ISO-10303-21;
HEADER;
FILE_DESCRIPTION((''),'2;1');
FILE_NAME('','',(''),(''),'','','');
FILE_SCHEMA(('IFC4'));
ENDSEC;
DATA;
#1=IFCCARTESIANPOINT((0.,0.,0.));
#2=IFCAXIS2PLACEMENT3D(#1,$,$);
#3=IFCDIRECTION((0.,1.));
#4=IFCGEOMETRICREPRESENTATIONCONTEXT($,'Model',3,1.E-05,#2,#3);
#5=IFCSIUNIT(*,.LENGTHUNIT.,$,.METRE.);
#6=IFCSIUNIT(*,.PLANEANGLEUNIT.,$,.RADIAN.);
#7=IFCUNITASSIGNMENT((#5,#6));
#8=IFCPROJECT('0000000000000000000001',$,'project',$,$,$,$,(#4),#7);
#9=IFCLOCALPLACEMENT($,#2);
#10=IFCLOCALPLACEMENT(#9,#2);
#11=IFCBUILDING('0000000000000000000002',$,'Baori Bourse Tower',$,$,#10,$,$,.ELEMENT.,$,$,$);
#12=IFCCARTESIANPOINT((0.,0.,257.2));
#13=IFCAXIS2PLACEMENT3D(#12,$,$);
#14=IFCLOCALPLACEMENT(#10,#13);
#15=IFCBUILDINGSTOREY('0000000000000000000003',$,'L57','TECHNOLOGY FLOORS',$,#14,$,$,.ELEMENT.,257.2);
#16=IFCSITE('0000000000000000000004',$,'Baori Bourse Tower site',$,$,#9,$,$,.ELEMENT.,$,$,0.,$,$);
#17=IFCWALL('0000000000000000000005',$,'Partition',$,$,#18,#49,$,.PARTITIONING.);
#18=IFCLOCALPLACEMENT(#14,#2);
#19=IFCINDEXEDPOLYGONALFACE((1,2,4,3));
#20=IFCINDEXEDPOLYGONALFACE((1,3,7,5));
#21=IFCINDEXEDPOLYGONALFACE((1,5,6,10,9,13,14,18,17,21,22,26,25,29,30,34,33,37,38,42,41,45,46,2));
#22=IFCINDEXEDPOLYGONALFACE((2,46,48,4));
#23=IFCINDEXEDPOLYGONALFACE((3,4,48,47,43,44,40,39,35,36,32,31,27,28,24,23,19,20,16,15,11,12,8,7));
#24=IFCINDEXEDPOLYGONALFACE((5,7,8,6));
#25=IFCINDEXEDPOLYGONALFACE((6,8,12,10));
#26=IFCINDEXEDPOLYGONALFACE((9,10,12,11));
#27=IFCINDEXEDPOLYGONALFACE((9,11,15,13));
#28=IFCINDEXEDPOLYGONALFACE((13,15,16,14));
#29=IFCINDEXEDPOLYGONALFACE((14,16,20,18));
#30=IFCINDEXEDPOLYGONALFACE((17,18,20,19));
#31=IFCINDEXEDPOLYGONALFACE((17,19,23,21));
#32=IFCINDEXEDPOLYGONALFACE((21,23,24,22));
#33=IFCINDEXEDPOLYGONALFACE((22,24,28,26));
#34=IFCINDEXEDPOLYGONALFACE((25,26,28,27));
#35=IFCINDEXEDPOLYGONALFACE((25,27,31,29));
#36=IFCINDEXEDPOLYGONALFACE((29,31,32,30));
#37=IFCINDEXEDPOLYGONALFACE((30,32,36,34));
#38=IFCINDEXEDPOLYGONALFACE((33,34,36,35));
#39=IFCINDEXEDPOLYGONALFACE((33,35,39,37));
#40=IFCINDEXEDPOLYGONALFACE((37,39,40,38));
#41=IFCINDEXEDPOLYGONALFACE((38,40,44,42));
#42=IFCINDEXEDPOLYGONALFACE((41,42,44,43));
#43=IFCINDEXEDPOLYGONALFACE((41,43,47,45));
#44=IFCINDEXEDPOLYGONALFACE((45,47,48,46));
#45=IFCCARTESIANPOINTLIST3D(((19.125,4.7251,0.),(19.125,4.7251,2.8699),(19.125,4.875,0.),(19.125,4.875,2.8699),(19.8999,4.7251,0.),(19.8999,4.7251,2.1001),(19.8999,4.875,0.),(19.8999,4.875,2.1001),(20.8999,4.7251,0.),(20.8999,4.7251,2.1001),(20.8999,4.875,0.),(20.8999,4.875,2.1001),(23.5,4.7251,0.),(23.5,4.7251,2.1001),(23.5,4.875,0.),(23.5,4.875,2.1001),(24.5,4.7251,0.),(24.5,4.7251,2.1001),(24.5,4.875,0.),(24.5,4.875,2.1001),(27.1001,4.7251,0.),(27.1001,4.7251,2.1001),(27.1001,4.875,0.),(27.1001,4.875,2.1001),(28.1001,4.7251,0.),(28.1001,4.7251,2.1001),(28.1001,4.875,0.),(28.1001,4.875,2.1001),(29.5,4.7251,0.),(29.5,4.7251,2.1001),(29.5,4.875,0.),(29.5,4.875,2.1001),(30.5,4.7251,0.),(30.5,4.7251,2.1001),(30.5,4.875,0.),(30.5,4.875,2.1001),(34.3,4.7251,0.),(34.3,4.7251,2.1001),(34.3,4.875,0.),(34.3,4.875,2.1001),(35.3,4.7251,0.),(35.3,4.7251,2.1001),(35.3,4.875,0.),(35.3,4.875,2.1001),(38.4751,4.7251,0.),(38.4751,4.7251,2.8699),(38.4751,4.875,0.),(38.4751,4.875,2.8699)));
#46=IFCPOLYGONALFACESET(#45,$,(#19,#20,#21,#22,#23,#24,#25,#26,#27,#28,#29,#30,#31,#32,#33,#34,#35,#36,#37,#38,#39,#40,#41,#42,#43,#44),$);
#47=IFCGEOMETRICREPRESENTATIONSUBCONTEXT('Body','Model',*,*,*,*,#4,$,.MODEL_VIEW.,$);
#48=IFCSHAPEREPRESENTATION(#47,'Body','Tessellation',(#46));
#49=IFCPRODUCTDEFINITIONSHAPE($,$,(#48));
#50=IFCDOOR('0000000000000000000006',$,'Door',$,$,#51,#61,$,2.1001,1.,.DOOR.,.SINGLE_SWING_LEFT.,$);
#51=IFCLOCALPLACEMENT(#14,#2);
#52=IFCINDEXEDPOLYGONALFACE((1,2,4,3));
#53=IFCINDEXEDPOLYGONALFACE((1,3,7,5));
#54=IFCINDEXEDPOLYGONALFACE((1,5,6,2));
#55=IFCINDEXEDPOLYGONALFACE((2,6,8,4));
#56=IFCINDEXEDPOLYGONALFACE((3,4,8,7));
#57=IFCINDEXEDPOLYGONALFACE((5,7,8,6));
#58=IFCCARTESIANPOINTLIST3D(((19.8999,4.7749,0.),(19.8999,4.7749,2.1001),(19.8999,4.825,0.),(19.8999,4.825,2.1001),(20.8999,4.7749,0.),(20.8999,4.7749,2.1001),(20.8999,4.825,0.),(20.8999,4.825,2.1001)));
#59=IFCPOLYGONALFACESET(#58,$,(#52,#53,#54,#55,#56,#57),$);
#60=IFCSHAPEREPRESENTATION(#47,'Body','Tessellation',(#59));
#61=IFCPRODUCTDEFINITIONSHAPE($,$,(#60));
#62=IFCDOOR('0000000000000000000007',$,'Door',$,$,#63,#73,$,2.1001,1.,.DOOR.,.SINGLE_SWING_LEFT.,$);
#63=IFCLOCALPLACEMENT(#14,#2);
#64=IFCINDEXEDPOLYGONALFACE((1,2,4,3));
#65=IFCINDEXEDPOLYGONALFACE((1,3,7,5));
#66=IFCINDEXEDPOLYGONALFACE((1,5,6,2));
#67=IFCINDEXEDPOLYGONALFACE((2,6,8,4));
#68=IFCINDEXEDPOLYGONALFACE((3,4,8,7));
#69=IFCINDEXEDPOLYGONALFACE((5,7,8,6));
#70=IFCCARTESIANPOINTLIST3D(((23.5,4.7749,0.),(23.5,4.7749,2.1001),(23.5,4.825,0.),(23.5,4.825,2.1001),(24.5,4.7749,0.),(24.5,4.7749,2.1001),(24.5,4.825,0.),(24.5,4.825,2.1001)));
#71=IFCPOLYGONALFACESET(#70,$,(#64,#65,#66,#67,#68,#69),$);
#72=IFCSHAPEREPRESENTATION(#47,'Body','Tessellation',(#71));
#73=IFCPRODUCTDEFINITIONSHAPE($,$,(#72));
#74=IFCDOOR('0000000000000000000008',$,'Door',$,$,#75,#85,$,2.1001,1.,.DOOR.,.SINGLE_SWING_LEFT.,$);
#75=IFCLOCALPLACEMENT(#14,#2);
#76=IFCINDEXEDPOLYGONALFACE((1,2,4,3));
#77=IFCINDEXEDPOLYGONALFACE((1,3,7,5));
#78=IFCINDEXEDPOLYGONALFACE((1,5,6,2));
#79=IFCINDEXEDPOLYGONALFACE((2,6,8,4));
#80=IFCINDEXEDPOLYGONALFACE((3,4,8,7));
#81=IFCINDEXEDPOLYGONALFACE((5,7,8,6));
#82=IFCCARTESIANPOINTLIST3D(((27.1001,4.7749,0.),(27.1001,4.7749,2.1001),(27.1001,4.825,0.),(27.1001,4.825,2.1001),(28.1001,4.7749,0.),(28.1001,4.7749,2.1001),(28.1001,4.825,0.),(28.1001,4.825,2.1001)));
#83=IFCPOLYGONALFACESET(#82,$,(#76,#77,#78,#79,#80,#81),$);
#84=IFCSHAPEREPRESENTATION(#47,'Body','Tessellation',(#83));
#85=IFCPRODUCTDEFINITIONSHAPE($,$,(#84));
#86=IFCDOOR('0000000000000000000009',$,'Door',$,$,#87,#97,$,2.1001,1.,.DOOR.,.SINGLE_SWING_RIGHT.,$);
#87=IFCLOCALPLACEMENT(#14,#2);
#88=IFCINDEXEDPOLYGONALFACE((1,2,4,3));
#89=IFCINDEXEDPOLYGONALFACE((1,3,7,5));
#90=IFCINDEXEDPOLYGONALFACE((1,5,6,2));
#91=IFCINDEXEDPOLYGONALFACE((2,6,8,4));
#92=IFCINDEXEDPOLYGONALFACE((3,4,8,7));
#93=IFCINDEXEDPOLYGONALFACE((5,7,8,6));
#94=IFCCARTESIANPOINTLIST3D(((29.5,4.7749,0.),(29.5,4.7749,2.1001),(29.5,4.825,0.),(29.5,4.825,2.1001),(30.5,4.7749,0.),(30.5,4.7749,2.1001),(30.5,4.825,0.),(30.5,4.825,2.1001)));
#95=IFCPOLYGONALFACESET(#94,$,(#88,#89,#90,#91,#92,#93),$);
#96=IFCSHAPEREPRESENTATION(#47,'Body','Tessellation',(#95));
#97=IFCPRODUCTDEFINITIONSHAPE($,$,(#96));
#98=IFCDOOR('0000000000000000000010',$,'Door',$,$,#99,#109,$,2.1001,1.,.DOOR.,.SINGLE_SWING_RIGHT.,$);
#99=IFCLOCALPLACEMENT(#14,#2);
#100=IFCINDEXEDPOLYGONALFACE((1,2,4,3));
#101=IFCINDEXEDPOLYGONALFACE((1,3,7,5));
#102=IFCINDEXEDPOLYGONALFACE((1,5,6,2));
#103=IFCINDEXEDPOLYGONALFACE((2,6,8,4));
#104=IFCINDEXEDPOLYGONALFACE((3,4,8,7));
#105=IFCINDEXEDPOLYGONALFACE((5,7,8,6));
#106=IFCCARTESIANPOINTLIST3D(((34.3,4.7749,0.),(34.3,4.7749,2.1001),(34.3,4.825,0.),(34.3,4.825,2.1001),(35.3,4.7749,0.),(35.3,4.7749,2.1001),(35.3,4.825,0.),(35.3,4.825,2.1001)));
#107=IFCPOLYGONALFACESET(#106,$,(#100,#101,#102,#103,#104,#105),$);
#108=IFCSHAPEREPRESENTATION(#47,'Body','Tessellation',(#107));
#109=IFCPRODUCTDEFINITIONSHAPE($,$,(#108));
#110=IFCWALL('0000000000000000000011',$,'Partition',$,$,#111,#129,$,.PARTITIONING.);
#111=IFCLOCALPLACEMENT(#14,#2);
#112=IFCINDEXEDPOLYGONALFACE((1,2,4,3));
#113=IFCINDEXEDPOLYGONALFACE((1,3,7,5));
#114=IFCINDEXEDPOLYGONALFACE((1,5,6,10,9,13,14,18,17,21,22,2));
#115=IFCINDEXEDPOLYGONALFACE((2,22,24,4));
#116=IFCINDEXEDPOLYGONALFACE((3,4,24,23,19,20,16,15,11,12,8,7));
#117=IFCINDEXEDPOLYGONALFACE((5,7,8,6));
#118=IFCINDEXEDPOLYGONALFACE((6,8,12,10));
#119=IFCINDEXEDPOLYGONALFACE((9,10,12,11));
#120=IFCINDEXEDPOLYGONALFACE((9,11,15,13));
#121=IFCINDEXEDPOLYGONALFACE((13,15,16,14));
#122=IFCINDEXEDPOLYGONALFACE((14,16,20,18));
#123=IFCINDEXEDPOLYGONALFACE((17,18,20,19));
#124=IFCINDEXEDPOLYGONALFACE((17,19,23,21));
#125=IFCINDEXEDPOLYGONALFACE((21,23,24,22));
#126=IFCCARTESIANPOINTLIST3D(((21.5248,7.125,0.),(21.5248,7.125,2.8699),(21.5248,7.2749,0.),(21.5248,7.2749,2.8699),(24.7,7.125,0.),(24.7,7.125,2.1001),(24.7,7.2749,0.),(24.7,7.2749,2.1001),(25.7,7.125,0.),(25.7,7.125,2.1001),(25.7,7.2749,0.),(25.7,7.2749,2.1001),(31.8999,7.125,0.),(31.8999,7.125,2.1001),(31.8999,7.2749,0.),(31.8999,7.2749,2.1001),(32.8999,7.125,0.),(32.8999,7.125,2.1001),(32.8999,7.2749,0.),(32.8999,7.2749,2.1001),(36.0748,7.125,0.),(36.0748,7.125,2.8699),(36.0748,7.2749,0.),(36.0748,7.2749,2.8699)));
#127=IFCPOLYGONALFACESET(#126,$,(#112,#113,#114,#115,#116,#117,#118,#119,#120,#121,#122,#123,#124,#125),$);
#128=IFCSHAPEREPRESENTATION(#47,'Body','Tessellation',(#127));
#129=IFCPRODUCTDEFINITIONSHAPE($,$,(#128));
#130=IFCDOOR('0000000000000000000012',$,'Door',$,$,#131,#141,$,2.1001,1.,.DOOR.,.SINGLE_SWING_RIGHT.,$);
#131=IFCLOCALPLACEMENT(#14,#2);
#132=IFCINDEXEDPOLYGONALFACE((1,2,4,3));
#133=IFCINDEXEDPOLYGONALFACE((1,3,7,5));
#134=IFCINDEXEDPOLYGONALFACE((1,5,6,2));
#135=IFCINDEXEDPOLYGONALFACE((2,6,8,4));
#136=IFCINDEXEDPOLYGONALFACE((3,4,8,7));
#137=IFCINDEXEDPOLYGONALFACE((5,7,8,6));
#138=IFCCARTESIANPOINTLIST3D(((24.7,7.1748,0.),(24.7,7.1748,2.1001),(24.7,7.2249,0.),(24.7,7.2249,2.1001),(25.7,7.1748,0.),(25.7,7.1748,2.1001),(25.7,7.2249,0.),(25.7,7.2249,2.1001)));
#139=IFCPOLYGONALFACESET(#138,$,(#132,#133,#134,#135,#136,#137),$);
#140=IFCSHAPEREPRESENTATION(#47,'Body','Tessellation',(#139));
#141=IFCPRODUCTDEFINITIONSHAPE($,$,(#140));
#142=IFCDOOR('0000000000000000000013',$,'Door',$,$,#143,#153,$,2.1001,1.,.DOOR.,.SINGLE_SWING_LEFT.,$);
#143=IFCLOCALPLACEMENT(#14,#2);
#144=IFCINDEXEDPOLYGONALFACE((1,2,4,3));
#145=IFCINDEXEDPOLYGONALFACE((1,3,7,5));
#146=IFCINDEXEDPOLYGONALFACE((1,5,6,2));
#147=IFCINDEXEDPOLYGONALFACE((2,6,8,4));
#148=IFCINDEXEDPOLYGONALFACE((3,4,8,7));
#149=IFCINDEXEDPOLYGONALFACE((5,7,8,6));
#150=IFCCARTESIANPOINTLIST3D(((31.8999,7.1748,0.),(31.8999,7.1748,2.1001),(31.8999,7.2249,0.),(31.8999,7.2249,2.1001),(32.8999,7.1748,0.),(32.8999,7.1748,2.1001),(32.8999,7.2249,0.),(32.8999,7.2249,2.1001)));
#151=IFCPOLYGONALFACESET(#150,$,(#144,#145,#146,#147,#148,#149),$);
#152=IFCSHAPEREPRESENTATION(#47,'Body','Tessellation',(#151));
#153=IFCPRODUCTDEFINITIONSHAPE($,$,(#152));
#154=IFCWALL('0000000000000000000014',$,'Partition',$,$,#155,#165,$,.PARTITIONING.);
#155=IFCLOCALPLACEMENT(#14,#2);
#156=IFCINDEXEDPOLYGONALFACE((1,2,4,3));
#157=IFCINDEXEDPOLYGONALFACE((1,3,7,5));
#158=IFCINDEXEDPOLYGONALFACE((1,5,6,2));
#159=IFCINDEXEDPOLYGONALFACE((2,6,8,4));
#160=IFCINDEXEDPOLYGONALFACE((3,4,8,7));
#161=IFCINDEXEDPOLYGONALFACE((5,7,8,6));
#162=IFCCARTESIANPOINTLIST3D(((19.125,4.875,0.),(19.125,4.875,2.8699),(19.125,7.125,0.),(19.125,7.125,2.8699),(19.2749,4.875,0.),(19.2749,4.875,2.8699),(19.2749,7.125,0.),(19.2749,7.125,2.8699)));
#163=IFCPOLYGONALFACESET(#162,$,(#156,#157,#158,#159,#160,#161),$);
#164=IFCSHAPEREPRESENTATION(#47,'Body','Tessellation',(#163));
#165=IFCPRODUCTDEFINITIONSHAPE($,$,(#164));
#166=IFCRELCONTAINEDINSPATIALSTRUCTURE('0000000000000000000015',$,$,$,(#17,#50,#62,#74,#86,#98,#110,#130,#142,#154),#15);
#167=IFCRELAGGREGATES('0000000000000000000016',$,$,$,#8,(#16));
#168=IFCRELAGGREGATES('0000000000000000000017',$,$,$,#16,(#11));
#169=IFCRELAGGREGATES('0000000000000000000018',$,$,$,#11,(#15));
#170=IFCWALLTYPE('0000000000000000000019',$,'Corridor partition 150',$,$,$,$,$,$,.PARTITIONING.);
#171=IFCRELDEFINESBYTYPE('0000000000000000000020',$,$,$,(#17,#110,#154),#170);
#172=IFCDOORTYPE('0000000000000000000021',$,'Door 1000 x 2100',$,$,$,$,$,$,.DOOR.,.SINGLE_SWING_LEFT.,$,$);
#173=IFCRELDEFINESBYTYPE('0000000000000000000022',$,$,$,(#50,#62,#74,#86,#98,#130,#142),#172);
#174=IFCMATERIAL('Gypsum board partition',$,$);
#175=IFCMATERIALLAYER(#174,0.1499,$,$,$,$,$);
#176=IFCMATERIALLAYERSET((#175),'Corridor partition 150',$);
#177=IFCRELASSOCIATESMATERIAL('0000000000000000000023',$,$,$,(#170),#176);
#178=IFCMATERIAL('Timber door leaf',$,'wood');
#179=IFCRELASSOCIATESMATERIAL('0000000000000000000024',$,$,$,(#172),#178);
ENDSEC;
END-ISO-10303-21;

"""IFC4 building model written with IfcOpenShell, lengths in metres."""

from ifc_helpers import new_model, si_unit, direction, frame, frame_2d, origin, place, context, subcontext, project, spatial, rectangle, extrude, material, layer, layer_set, type_object, element, fill, save


model = new_model("IFC4")

# Units and contexts
model_context = context("Model", 3, precision=1e-05, world=origin(), true_north=direction((0.0, 1.0)))
body_context = subcontext(model_context, "Body", "Model", "MODEL_VIEW")
ifc_project = project(units=[si_unit("LENGTHUNIT", "METRE"), si_unit("PLANEANGLEUNIT", "RADIAN")], contexts=[model_context])

# Site, building, storey
site_placement = place(None, origin())
site = spatial("IfcSite", under=ifc_project, at=site_placement, Name="Baori Bourse Tower site", CompositionType="ELEMENT", RefElevation=0.0)
building_placement = place(site_placement, origin())
building = spatial("IfcBuilding", under=site, at=building_placement, Name="Baori Bourse Tower", CompositionType="ELEMENT")
storey_placement = place(building_placement, frame((0.0, 0.0, 257.2)))
storey = spatial("IfcBuildingStorey", under=building, at=storey_placement, Name="L57", Description="TECHNOLOGY FLOORS", CompositionType="ELEMENT", Elevation=257.2)

# Walls, openings, doors
ifc_material_1 = material(Name="Gypsum board partition")
ifc_layer_1 = layer(ifc_material_1, 0.1499)
ifc_layer_set_1 = layer_set([ifc_layer_1], Name="Corridor partition 150")
wall_type_1 = type_object("IfcWallType", Name="Corridor partition 150", PredefinedType="PARTITIONING", material=ifc_layer_set_1)
wall_1_placement = place(storey_placement, frame((19.125, 4.8, 0.0), z_axis=(0.0, 0.0, 1.0), x_axis=(1.0, 0.0, 0.0)))
wall_1 = element("IfcWall", 1, at=wall_1_placement, inside=storey, type_object=wall_type_1, Name="Partition", PredefinedType="PARTITIONING", context=body_context, shape_type="SweptSolid", body=[
    extrude(rectangle(XDim=19.3501, YDim=0.1499, at=frame_2d((9.675, 0.0))), origin(), (0.0, 0.0, 1.0), 2.8699),
])
opening_1_placement = place(wall_1_placement, frame((0.7749, 0.0, 0.0)))
opening_1 = element("IfcOpeningElement", 2, at=opening_1_placement, cuts=wall_1, PredefinedType="OPENING", context=body_context, shape_type="SweptSolid", body=[
    extrude(rectangle(XDim=1.0, YDim=2.1001, at=frame_2d((0.5, 1.05))), frame((0.0, 0.085, 0.0), z_axis=(0.0, -1.0, 0.0), x_axis=(1.0, 0.0, 0.0)), (0.0, 0.0, 1.0), 0.1699),
])
opening_2_placement = place(wall_1_placement, frame((4.375, 0.0, 0.0)))
opening_2 = element("IfcOpeningElement", 3, at=opening_2_placement, cuts=wall_1, PredefinedType="OPENING", context=body_context, shape_type="SweptSolid", body=[
    extrude(rectangle(XDim=1.0, YDim=2.1001, at=frame_2d((0.5, 1.05))), frame((0.0, 0.085, 0.0), z_axis=(0.0, -1.0, 0.0), x_axis=(1.0, 0.0, 0.0)), (0.0, 0.0, 1.0), 0.1699),
])
opening_3_placement = place(wall_1_placement, frame((7.9751, 0.0, 0.0)))
opening_3 = element("IfcOpeningElement", 4, at=opening_3_placement, cuts=wall_1, PredefinedType="OPENING", context=body_context, shape_type="SweptSolid", body=[
    extrude(rectangle(XDim=1.0, YDim=2.1001, at=frame_2d((0.5, 1.05))), frame((0.0, 0.085, 0.0), z_axis=(0.0, -1.0, 0.0), x_axis=(1.0, 0.0, 0.0)), (0.0, 0.0, 1.0), 0.1699),
])
opening_4_placement = place(wall_1_placement, frame((10.375, 0.0, 0.0)))
opening_4 = element("IfcOpeningElement", 5, at=opening_4_placement, cuts=wall_1, PredefinedType="OPENING", context=body_context, shape_type="SweptSolid", body=[
    extrude(rectangle(XDim=1.0, YDim=2.1001, at=frame_2d((0.5, 1.05))), frame((0.0, 0.085, 0.0), z_axis=(0.0, -1.0, 0.0), x_axis=(1.0, 0.0, 0.0)), (0.0, 0.0, 1.0), 0.1699),
])
opening_5_placement = place(wall_1_placement, frame((15.175, 0.0, 0.0)))
opening_5 = element("IfcOpeningElement", 6, at=opening_5_placement, cuts=wall_1, PredefinedType="OPENING", context=body_context, shape_type="SweptSolid", body=[
    extrude(rectangle(XDim=1.0, YDim=2.1001, at=frame_2d((0.5, 1.05))), frame((0.0, 0.085, 0.0), z_axis=(0.0, -1.0, 0.0), x_axis=(1.0, 0.0, 0.0)), (0.0, 0.0, 1.0), 0.1699),
])
ifc_material_2 = material(Name="Timber door leaf", Category="wood")
door_type_1 = type_object("IfcDoorType", Name="Door 1000 x 2100", OperationType="SINGLE_SWING_LEFT", PredefinedType="DOOR", material=ifc_material_2)
door_1_placement = place(opening_1_placement, origin())
door_1 = element("IfcDoor", 7, at=door_1_placement, inside=storey, type_object=door_type_1, Name="Door", OperationType="SINGLE_SWING_LEFT", OverallHeight=2.1001, OverallWidth=1.0, PredefinedType="DOOR", context=body_context, shape_type="SweptSolid", body=[
    extrude(rectangle(XDim=1.0, YDim=2.1001, at=frame_2d((0.5, 1.05))), frame((0.0, 0.0249, 0.0), z_axis=(0.0, -1.0, 0.0), x_axis=(1.0, 0.0, 0.0)), (0.0, 0.0, 1.0), 0.05),
])
fill(opening_1, door_1)
door_2_placement = place(opening_2_placement, origin())
door_2 = element("IfcDoor", 8, at=door_2_placement, inside=storey, type_object=door_type_1, Name="Door", OperationType="SINGLE_SWING_LEFT", OverallHeight=2.1001, OverallWidth=1.0, PredefinedType="DOOR", context=body_context, shape_type="SweptSolid", body=[
    extrude(rectangle(XDim=1.0, YDim=2.1001, at=frame_2d((0.5, 1.05))), frame((0.0, 0.0249, 0.0), z_axis=(0.0, -1.0, 0.0), x_axis=(1.0, 0.0, 0.0)), (0.0, 0.0, 1.0), 0.05),
])
fill(opening_2, door_2)
door_3_placement = place(opening_3_placement, origin())
door_3 = element("IfcDoor", 9, at=door_3_placement, inside=storey, type_object=door_type_1, Name="Door", OperationType="SINGLE_SWING_LEFT", OverallHeight=2.1001, OverallWidth=1.0, PredefinedType="DOOR", context=body_context, shape_type="SweptSolid", body=[
    extrude(rectangle(XDim=1.0, YDim=2.1001, at=frame_2d((0.5, 1.05))), frame((0.0, 0.0249, 0.0), z_axis=(0.0, -1.0, 0.0), x_axis=(1.0, 0.0, 0.0)), (0.0, 0.0, 1.0), 0.05),
])
fill(opening_3, door_3)
door_4_placement = place(opening_4_placement, origin())
door_4 = element("IfcDoor", 10, at=door_4_placement, inside=storey, type_object=door_type_1, Name="Door", OperationType="SINGLE_SWING_RIGHT", OverallHeight=2.1001, OverallWidth=1.0, PredefinedType="DOOR", context=body_context, shape_type="SweptSolid", body=[
    extrude(rectangle(XDim=1.0, YDim=2.1001, at=frame_2d((0.5, 1.05))), frame((0.0, 0.0249, 0.0), z_axis=(0.0, -1.0, 0.0), x_axis=(1.0, 0.0, 0.0)), (0.0, 0.0, 1.0), 0.05),
])
fill(opening_4, door_4)
door_5_placement = place(opening_5_placement, origin())
door_5 = element("IfcDoor", 11, at=door_5_placement, inside=storey, type_object=door_type_1, Name="Door", OperationType="SINGLE_SWING_RIGHT", OverallHeight=2.1001, OverallWidth=1.0, PredefinedType="DOOR", context=body_context, shape_type="SweptSolid", body=[
    extrude(rectangle(XDim=1.0, YDim=2.1001, at=frame_2d((0.5, 1.05))), frame((0.0, 0.0249, 0.0), z_axis=(0.0, -1.0, 0.0), x_axis=(1.0, 0.0, 0.0)), (0.0, 0.0, 1.0), 0.05),
])
fill(opening_5, door_5)
wall_2_placement = place(storey_placement, frame((21.5249, 7.2, 0.0), z_axis=(0.0, 0.0, 1.0), x_axis=(1.0, 0.0, 0.0)))
wall_2 = element("IfcWall", 12, at=wall_2_placement, inside=storey, type_object=wall_type_1, Name="Partition", PredefinedType="PARTITIONING", context=body_context, shape_type="SweptSolid", body=[
    extrude(rectangle(XDim=14.55, YDim=0.1499, at=frame_2d((7.2749, 0.0))), origin(), (0.0, 0.0, 1.0), 2.8699),
])
opening_6_placement = place(wall_2_placement, frame((3.175, 0.0, 0.0)))
opening_6 = element("IfcOpeningElement", 13, at=opening_6_placement, cuts=wall_2, PredefinedType="OPENING", context=body_context, shape_type="SweptSolid", body=[
    extrude(rectangle(XDim=1.0, YDim=2.1001, at=frame_2d((0.5, 1.05))), frame((0.0, 0.085, 0.0), z_axis=(0.0, -1.0, 0.0), x_axis=(1.0, 0.0, 0.0)), (0.0, 0.0, 1.0), 0.1699),
])
opening_7_placement = place(wall_2_placement, frame((10.375, 0.0, 0.0)))
opening_7 = element("IfcOpeningElement", 14, at=opening_7_placement, cuts=wall_2, PredefinedType="OPENING", context=body_context, shape_type="SweptSolid", body=[
    extrude(rectangle(XDim=1.0, YDim=2.1001, at=frame_2d((0.5, 1.05))), frame((0.0, 0.085, 0.0), z_axis=(0.0, -1.0, 0.0), x_axis=(1.0, 0.0, 0.0)), (0.0, 0.0, 1.0), 0.1699),
])
door_6_placement = place(opening_6_placement, origin())
door_6 = element("IfcDoor", 15, at=door_6_placement, inside=storey, type_object=door_type_1, Name="Door", OperationType="SINGLE_SWING_RIGHT", OverallHeight=2.1001, OverallWidth=1.0, PredefinedType="DOOR", context=body_context, shape_type="SweptSolid", body=[
    extrude(rectangle(XDim=1.0, YDim=2.1001, at=frame_2d((0.5, 1.05))), frame((0.0, 0.0249, 0.0), z_axis=(0.0, -1.0, 0.0), x_axis=(1.0, 0.0, 0.0)), (0.0, 0.0, 1.0), 0.05),
])
fill(opening_6, door_6)
door_7_placement = place(opening_7_placement, origin())
door_7 = element("IfcDoor", 16, at=door_7_placement, inside=storey, type_object=door_type_1, Name="Door", OperationType="SINGLE_SWING_LEFT", OverallHeight=2.1001, OverallWidth=1.0, PredefinedType="DOOR", context=body_context, shape_type="SweptSolid", body=[
    extrude(rectangle(XDim=1.0, YDim=2.1001, at=frame_2d((0.5, 1.05))), frame((0.0, 0.0249, 0.0), z_axis=(0.0, -1.0, 0.0), x_axis=(1.0, 0.0, 0.0)), (0.0, 0.0, 1.0), 0.05),
])
fill(opening_7, door_7)

# Wall
wall_3_placement = place(storey_placement, frame((19.2, 4.875, 0.0), z_axis=(0.0, 0.0, 1.0), x_axis=(0.0, 1.0, 0.0)))
element("IfcWall", 17, at=wall_3_placement, inside=storey, type_object=wall_type_1, Name="Partition", PredefinedType="PARTITIONING", context=body_context, shape_type="SweptSolid", body=[
    extrude(rectangle(XDim=2.25, YDim=0.1499, at=frame_2d((1.125, 0.0))), origin(), (0.0, 0.0, 1.0), 2.8699),
])

save(model, "model.ifc")
